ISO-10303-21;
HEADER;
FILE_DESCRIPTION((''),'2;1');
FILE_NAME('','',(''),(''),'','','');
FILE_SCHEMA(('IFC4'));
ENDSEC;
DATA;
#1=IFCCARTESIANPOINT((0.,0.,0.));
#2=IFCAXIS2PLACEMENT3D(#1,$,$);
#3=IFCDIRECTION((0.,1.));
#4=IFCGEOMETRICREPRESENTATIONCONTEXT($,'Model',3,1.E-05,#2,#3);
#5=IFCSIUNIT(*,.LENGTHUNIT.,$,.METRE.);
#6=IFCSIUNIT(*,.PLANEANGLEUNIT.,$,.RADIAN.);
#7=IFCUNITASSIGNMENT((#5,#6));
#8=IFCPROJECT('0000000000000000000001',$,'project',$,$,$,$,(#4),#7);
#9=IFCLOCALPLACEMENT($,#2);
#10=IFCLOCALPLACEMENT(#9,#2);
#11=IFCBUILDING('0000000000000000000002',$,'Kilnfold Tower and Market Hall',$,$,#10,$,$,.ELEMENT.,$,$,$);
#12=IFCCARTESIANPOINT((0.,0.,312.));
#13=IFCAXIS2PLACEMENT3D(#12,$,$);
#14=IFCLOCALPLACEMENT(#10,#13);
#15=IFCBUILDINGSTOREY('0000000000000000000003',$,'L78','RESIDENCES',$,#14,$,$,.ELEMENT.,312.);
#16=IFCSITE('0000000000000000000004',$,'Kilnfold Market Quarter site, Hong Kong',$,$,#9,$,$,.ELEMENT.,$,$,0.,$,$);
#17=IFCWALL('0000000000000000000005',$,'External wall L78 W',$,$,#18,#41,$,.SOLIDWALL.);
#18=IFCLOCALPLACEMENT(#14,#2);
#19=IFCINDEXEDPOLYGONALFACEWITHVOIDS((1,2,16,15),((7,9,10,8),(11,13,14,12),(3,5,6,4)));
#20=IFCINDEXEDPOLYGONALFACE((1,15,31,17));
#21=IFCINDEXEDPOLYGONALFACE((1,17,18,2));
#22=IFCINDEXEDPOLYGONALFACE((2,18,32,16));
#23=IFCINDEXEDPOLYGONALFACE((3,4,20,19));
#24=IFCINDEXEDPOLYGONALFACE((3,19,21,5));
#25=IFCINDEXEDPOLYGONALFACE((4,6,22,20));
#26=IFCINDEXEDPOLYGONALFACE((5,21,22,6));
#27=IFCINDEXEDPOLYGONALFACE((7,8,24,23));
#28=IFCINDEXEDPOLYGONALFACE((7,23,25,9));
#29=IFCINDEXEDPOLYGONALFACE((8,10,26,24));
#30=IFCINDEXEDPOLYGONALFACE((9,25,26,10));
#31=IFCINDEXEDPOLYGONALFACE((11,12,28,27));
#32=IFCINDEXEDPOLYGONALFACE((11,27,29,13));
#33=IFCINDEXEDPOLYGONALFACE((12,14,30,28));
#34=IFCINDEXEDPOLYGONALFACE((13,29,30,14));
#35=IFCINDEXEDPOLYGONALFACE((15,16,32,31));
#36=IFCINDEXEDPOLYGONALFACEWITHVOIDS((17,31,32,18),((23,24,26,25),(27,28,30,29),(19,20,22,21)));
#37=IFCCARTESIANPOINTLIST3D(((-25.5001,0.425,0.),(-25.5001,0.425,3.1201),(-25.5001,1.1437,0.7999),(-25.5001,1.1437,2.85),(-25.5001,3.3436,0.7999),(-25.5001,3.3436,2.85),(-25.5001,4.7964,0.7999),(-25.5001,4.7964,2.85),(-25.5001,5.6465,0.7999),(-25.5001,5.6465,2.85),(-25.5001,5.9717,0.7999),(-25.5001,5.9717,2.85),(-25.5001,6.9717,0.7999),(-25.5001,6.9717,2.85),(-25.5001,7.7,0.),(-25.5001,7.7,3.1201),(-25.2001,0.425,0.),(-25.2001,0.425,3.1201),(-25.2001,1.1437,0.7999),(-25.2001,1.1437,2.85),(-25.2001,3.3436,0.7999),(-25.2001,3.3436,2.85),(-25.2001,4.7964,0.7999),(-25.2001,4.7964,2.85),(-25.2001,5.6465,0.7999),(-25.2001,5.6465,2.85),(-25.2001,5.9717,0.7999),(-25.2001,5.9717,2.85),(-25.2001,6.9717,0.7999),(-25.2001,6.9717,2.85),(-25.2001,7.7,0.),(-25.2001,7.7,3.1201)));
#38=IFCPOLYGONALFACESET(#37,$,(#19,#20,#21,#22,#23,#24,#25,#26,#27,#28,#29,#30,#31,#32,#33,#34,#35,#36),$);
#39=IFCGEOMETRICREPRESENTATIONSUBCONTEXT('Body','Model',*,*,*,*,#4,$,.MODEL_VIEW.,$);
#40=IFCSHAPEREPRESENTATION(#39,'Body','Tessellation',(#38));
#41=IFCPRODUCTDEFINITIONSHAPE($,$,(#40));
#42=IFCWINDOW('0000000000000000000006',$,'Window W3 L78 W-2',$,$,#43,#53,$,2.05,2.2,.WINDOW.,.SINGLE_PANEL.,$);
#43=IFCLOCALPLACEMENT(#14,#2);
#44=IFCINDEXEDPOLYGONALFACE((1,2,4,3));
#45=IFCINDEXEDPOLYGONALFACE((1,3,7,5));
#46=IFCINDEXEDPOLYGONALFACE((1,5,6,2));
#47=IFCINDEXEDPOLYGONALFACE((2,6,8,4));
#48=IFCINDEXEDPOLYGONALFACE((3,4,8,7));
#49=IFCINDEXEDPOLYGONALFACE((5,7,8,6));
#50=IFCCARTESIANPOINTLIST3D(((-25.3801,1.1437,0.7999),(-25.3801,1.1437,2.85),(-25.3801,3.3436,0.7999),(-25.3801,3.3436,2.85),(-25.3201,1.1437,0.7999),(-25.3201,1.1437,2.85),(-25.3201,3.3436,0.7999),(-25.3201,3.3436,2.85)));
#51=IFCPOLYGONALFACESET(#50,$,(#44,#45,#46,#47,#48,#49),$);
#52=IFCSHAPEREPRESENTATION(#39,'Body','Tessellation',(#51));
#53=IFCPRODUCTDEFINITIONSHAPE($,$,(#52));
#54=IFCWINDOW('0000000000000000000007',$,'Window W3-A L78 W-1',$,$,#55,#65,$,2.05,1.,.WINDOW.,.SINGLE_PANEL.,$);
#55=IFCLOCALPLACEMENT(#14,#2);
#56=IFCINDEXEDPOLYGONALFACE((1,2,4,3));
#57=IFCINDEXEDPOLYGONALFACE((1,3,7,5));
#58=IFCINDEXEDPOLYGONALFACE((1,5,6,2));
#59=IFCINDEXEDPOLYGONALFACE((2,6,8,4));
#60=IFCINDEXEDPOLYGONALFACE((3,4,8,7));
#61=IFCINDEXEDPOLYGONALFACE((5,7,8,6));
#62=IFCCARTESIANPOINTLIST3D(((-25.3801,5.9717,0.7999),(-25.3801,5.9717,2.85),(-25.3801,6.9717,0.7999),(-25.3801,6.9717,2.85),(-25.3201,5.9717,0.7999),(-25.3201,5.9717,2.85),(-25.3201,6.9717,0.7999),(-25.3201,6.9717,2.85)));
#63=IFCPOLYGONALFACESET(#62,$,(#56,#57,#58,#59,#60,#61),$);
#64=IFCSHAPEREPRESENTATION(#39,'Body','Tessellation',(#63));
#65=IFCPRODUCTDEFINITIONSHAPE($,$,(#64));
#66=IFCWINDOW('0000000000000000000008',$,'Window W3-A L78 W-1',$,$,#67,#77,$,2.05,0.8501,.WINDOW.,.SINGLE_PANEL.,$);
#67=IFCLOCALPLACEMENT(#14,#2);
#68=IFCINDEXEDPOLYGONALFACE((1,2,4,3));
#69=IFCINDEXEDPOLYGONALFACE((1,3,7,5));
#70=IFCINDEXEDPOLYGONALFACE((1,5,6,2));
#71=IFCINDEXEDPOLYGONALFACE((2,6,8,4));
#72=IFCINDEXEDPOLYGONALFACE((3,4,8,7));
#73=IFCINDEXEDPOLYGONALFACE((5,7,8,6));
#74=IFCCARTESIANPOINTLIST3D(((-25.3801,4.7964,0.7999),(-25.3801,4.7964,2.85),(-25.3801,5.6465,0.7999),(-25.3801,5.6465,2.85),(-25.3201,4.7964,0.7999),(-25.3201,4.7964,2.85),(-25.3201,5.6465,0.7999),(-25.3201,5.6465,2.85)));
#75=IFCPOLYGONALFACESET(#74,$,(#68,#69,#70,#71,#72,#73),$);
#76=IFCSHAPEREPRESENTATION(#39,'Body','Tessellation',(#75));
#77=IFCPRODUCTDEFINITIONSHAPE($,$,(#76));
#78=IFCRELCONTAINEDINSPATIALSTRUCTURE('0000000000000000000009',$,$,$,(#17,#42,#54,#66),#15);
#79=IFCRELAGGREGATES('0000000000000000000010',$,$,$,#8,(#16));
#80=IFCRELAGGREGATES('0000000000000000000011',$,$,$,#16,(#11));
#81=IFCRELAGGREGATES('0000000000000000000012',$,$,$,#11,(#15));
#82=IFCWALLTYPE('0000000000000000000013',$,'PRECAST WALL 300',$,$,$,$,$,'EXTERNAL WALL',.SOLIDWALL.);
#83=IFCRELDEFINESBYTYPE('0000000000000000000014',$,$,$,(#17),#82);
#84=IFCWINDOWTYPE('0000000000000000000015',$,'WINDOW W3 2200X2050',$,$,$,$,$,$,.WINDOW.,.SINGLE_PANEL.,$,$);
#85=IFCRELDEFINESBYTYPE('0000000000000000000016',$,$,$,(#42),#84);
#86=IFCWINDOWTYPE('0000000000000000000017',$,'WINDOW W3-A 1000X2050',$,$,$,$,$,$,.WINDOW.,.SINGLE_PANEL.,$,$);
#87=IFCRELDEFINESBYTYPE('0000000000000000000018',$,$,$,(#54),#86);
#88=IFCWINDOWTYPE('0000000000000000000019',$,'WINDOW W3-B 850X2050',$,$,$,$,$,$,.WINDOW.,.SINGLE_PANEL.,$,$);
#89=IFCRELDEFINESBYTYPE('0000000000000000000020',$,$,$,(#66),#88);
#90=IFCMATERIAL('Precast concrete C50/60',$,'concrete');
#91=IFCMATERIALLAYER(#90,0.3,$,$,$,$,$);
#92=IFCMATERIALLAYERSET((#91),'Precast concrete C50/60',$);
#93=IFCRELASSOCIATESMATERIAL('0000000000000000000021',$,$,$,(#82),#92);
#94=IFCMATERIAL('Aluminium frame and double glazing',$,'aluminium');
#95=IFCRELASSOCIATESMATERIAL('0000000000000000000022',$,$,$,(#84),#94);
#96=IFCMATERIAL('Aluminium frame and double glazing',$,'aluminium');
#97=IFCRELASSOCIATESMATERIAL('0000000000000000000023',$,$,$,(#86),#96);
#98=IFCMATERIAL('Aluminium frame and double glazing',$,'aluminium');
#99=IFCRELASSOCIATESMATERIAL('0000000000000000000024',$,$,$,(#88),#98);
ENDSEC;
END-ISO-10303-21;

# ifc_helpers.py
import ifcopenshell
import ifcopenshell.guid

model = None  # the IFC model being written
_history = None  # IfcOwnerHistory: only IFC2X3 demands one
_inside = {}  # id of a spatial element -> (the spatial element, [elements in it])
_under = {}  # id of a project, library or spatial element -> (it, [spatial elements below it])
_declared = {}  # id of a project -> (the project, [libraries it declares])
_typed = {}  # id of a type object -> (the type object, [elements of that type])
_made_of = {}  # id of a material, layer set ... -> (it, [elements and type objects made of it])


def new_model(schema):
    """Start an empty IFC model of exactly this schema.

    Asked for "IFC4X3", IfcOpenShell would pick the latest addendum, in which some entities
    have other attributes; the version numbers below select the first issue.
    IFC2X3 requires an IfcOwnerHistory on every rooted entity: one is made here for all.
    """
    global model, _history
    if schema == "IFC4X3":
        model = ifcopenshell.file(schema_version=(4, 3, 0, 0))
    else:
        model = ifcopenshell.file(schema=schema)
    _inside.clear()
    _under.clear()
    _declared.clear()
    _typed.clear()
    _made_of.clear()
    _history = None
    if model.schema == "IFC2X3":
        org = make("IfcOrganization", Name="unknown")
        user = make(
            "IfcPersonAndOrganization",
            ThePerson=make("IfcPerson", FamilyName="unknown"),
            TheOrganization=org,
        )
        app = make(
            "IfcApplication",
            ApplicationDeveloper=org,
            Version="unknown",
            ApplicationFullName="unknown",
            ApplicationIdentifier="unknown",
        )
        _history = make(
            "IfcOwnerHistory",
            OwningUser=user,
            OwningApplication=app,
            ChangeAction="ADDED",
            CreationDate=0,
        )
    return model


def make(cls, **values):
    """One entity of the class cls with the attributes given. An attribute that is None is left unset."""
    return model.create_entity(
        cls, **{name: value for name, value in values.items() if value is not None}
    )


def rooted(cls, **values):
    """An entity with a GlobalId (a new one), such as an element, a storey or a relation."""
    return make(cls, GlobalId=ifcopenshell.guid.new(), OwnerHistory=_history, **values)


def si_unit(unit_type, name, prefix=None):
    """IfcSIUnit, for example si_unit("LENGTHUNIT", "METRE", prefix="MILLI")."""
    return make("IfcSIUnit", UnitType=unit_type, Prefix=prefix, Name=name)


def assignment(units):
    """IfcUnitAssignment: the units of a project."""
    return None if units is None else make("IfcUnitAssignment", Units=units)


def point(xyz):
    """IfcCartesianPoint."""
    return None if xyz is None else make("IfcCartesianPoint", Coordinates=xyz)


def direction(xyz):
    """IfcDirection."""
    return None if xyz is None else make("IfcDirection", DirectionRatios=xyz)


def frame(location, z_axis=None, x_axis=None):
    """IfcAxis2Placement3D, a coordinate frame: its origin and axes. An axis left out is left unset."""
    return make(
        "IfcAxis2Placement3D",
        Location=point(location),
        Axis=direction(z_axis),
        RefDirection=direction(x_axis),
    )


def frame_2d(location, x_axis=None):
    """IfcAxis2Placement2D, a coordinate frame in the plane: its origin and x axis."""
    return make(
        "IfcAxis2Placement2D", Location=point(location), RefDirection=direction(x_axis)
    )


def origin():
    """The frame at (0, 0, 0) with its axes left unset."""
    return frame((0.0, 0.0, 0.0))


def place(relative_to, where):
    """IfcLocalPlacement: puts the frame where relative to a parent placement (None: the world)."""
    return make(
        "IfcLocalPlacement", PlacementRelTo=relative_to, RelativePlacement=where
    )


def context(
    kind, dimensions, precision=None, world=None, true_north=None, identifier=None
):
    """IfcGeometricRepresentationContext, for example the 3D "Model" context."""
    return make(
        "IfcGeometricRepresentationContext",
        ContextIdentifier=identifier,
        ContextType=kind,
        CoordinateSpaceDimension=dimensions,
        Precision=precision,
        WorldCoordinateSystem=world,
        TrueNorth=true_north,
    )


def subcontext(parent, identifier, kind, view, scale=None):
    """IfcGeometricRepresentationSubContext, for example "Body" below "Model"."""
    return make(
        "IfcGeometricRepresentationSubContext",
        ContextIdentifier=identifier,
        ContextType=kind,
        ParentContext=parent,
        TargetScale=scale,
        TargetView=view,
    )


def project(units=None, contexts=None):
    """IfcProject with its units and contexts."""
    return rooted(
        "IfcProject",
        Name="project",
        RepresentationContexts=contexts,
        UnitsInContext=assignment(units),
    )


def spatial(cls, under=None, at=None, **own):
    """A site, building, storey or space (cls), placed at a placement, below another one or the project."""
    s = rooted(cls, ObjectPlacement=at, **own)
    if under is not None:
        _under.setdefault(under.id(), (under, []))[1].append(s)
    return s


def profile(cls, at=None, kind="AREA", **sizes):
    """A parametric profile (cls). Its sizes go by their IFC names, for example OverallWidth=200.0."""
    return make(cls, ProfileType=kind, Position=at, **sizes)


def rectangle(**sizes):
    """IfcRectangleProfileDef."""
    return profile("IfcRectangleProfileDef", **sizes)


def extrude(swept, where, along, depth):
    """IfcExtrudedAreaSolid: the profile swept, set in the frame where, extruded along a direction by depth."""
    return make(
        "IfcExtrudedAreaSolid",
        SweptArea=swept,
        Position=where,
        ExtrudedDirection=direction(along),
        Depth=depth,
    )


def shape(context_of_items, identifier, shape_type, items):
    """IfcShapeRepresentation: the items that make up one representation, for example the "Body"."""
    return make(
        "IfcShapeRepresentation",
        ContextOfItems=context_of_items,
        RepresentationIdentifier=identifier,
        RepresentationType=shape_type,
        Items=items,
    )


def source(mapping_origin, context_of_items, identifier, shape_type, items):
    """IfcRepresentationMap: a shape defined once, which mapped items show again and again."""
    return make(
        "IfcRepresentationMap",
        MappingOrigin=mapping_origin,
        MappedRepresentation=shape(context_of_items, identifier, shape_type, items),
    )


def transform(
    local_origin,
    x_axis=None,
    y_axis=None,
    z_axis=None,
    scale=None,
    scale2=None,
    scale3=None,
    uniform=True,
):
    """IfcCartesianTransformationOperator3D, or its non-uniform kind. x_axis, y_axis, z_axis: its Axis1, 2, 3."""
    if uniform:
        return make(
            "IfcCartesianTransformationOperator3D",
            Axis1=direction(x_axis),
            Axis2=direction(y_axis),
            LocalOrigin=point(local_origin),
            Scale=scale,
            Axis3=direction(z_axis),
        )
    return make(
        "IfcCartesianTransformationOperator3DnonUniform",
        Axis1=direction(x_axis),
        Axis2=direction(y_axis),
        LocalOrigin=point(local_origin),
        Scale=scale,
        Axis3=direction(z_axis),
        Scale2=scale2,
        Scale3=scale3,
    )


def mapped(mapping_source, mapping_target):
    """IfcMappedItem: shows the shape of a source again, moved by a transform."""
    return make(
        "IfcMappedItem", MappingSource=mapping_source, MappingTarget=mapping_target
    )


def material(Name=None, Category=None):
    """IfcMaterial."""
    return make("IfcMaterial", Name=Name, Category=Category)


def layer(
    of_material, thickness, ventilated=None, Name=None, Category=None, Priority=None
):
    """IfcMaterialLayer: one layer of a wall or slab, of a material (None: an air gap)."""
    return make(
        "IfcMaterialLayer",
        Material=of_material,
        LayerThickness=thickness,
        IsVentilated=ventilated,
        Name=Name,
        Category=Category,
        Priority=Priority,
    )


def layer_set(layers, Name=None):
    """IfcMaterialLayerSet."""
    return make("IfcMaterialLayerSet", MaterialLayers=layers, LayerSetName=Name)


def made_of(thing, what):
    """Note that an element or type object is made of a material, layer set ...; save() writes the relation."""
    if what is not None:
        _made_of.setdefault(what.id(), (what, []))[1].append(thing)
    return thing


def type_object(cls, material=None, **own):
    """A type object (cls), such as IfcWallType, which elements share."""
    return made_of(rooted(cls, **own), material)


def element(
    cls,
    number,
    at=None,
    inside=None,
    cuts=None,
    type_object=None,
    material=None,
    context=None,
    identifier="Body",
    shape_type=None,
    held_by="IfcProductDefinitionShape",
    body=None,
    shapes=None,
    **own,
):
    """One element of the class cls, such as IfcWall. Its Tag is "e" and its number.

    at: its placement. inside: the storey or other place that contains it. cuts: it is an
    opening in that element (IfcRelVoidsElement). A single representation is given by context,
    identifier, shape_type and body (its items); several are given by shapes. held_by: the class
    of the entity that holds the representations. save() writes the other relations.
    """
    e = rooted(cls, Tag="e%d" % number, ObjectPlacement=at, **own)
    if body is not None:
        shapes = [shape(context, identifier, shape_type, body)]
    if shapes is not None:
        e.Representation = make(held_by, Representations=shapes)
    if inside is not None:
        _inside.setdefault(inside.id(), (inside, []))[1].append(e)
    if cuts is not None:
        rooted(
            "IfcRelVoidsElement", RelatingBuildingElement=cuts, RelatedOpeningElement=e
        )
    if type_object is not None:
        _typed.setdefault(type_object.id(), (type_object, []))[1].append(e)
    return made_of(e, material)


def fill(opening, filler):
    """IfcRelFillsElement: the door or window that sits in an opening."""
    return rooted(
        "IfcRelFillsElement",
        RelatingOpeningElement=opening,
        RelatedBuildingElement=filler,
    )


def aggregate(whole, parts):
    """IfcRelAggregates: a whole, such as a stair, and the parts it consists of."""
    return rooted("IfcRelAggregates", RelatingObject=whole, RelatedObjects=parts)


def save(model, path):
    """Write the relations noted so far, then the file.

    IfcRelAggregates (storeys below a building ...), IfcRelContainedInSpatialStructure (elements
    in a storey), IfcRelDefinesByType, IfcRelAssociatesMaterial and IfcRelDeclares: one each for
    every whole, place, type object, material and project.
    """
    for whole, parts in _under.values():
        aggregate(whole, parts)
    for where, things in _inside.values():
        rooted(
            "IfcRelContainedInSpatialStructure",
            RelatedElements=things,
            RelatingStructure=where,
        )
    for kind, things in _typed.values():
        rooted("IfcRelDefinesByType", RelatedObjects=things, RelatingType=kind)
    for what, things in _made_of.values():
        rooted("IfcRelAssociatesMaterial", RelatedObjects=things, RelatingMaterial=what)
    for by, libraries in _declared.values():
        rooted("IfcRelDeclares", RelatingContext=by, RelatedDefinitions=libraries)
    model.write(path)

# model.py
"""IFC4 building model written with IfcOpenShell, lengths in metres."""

from ifc_helpers import new_model, si_unit, direction, frame, frame_2d, origin, place, context, subcontext, project, spatial, rectangle, extrude, source, transform, mapped, material, layer, layer_set, type_object, element, fill, save


model = new_model("IFC4")

# Units and contexts
model_context = context("Model", 3, precision=1e-05, world=origin(), true_north=direction((0.0, 1.0)))
body_context = subcontext(model_context, "Body", "Model", "MODEL_VIEW")
ifc_project = project(units=[si_unit("LENGTHUNIT", "METRE"), si_unit("PLANEANGLEUNIT", "RADIAN")], contexts=[model_context])

# Site, building, storey
site_placement = place(None, origin())
site = spatial("IfcSite", under=ifc_project, at=site_placement, Name="Kilnfold Market Quarter site, Hong Kong", CompositionType="ELEMENT", RefElevation=0.0)
building_placement = place(site_placement, origin())
building = spatial("IfcBuilding", under=site, at=building_placement, Name="Kilnfold Tower and Market Hall", CompositionType="ELEMENT")
storey_placement = place(building_placement, frame((0.0, 0.0, 312.0)))
storey = spatial("IfcBuildingStorey", under=building, at=storey_placement, Name="L78", Description="RESIDENCES", CompositionType="ELEMENT", Elevation=312.0)

# Wall, openings, windows
ifc_material_1 = material(Name="Precast concrete C50/60", Category="concrete")
ifc_layer_1 = layer(ifc_material_1, 0.3)
ifc_layer_set_1 = layer_set([ifc_layer_1], Name="Precast concrete C50/60")
wall_type_1 = type_object("IfcWallType", Name="PRECAST WALL 300", ElementType="EXTERNAL WALL", PredefinedType="SOLIDWALL", material=ifc_layer_set_1)
shared_shape_1 = source(origin(), body_context, "Body", "SweptSolid", [
    extrude(rectangle(XDim=7.2749, YDim=0.3, at=frame_2d((3.6375, 0.0))), origin(), (0.0, 0.0, 1.0), 3.1201),
])
wall_1_placement = place(storey_placement, frame((-25.3501, 7.7, 0.0), z_axis=(0.0, 0.0, 1.0), x_axis=(0.0, -1.0, 0.0)))
wall_1 = element("IfcWall", 1, at=wall_1_placement, inside=storey, type_object=wall_type_1, Name="External wall L78 W", PredefinedType="SOLIDWALL", context=body_context, shape_type="MappedRepresentation", body=[
    mapped(shared_shape_1, transform((0.0, 0.0, 0.0))),
])
opening_1_placement = place(wall_1_placement, frame((0.7283, 0.0, 0.8)))
opening_1 = element("IfcOpeningElement", 2, at=opening_1_placement, cuts=wall_1, PredefinedType="OPENING", context=body_context, shape_type="SweptSolid", body=[
    extrude(rectangle(XDim=1.0, YDim=2.05, at=frame_2d((0.5, 1.0249))), frame((0.0, 0.1602, 0.0), z_axis=(0.0, -1.0, 0.0), x_axis=(1.0, 0.0, 0.0)), (0.0, 0.0, 1.0), 0.3201),
])
opening_2_placement = place(wall_1_placement, frame((4.3562, 0.0, 0.8)))
opening_2 = element("IfcOpeningElement", 3, at=opening_2_placement, cuts=wall_1, PredefinedType="OPENING", context=body_context, shape_type="SweptSolid", body=[
    extrude(rectangle(XDim=2.2, YDim=2.05, at=frame_2d((1.1001, 1.0249))), frame((0.0, 0.1602, 0.0), z_axis=(0.0, -1.0, 0.0), x_axis=(1.0, 0.0, 0.0)), (0.0, 0.0, 1.0), 0.3201),
])
opening_3_placement = place(wall_1_placement, frame((2.0535, 0.0, 0.8)))
opening_3 = element("IfcOpeningElement", 4, at=opening_3_placement, cuts=wall_1, PredefinedType="OPENING", context=body_context, shape_type="SweptSolid", body=[
    extrude(rectangle(XDim=0.8501, YDim=2.05, at=frame_2d((0.425, 1.0249))), frame((0.0, 0.1602, 0.0), z_axis=(0.0, -1.0, 0.0), x_axis=(1.0, 0.0, 0.0)), (0.0, 0.0, 1.0), 0.3201),
])
ifc_material_2 = material(Name="Aluminium frame and double glazing", Category="aluminium")
window_type_1 = type_object("IfcWindowType", Name="WINDOW W3 2200X2050", PartitioningType="SINGLE_PANEL", PredefinedType="WINDOW", material=ifc_material_2)
window_1_placement = place(opening_2_placement, origin())
window_1 = element("IfcWindow", 5, at=window_1_placement, inside=storey, type_object=window_type_1, Name="Window W3 L78 W-2", OverallHeight=2.05, OverallWidth=2.2, PartitioningType="SINGLE_PANEL", PredefinedType="WINDOW", context=body_context, shape_type="SweptSolid", body=[
    extrude(rectangle(XDim=2.2, YDim=2.05, at=frame_2d((1.1001, 1.0249))), frame((0.0, 0.03, 0.0), z_axis=(0.0, -1.0, 0.0), x_axis=(1.0, 0.0, 0.0)), (0.0, 0.0, 1.0), 0.0601),
])
fill(opening_2, window_1)
ifc_material_3 = material(Name="Aluminium frame and double glazing", Category="aluminium")
window_type_2 = type_object("IfcWindowType", Name="WINDOW W3-A 1000X2050", PartitioningType="SINGLE_PANEL", PredefinedType="WINDOW", material=ifc_material_3)
window_2_placement = place(opening_1_placement, origin())
window_2 = element("IfcWindow", 6, at=window_2_placement, inside=storey, type_object=window_type_2, Name="Window W3-A L78 W-1", OverallHeight=2.05, OverallWidth=1.0, PartitioningType="SINGLE_PANEL", PredefinedType="WINDOW", context=body_context, shape_type="SweptSolid", body=[
    extrude(rectangle(XDim=1.0, YDim=2.05, at=frame_2d((0.5, 1.0249))), frame((0.0, 0.03, 0.0), z_axis=(0.0, -1.0, 0.0), x_axis=(1.0, 0.0, 0.0)), (0.0, 0.0, 1.0), 0.0601),
])
fill(opening_1, window_2)
ifc_material_4 = material(Name="Aluminium frame and double glazing", Category="aluminium")
window_type_3 = type_object("IfcWindowType", Name="WINDOW W3-B 850X2050", PartitioningType="SINGLE_PANEL", PredefinedType="WINDOW", material=ifc_material_4)
window_3_placement = place(opening_3_placement, origin())
window_3 = element("IfcWindow", 7, at=window_3_placement, inside=storey, type_object=window_type_3, Name="Window W3-A L78 W-1", OverallHeight=2.05, OverallWidth=0.8501, PartitioningType="SINGLE_PANEL", PredefinedType="WINDOW", context=body_context, shape_type="SweptSolid", body=[
    extrude(rectangle(XDim=0.8501, YDim=2.05, at=frame_2d((0.425, 1.0249))), frame((0.0, 0.03, 0.0), z_axis=(0.0, -1.0, 0.0), x_axis=(1.0, 0.0, 0.0)), (0.0, 0.0, 1.0), 0.0601),
])
fill(opening_3, window_3)

save(model, "model.ifc")
